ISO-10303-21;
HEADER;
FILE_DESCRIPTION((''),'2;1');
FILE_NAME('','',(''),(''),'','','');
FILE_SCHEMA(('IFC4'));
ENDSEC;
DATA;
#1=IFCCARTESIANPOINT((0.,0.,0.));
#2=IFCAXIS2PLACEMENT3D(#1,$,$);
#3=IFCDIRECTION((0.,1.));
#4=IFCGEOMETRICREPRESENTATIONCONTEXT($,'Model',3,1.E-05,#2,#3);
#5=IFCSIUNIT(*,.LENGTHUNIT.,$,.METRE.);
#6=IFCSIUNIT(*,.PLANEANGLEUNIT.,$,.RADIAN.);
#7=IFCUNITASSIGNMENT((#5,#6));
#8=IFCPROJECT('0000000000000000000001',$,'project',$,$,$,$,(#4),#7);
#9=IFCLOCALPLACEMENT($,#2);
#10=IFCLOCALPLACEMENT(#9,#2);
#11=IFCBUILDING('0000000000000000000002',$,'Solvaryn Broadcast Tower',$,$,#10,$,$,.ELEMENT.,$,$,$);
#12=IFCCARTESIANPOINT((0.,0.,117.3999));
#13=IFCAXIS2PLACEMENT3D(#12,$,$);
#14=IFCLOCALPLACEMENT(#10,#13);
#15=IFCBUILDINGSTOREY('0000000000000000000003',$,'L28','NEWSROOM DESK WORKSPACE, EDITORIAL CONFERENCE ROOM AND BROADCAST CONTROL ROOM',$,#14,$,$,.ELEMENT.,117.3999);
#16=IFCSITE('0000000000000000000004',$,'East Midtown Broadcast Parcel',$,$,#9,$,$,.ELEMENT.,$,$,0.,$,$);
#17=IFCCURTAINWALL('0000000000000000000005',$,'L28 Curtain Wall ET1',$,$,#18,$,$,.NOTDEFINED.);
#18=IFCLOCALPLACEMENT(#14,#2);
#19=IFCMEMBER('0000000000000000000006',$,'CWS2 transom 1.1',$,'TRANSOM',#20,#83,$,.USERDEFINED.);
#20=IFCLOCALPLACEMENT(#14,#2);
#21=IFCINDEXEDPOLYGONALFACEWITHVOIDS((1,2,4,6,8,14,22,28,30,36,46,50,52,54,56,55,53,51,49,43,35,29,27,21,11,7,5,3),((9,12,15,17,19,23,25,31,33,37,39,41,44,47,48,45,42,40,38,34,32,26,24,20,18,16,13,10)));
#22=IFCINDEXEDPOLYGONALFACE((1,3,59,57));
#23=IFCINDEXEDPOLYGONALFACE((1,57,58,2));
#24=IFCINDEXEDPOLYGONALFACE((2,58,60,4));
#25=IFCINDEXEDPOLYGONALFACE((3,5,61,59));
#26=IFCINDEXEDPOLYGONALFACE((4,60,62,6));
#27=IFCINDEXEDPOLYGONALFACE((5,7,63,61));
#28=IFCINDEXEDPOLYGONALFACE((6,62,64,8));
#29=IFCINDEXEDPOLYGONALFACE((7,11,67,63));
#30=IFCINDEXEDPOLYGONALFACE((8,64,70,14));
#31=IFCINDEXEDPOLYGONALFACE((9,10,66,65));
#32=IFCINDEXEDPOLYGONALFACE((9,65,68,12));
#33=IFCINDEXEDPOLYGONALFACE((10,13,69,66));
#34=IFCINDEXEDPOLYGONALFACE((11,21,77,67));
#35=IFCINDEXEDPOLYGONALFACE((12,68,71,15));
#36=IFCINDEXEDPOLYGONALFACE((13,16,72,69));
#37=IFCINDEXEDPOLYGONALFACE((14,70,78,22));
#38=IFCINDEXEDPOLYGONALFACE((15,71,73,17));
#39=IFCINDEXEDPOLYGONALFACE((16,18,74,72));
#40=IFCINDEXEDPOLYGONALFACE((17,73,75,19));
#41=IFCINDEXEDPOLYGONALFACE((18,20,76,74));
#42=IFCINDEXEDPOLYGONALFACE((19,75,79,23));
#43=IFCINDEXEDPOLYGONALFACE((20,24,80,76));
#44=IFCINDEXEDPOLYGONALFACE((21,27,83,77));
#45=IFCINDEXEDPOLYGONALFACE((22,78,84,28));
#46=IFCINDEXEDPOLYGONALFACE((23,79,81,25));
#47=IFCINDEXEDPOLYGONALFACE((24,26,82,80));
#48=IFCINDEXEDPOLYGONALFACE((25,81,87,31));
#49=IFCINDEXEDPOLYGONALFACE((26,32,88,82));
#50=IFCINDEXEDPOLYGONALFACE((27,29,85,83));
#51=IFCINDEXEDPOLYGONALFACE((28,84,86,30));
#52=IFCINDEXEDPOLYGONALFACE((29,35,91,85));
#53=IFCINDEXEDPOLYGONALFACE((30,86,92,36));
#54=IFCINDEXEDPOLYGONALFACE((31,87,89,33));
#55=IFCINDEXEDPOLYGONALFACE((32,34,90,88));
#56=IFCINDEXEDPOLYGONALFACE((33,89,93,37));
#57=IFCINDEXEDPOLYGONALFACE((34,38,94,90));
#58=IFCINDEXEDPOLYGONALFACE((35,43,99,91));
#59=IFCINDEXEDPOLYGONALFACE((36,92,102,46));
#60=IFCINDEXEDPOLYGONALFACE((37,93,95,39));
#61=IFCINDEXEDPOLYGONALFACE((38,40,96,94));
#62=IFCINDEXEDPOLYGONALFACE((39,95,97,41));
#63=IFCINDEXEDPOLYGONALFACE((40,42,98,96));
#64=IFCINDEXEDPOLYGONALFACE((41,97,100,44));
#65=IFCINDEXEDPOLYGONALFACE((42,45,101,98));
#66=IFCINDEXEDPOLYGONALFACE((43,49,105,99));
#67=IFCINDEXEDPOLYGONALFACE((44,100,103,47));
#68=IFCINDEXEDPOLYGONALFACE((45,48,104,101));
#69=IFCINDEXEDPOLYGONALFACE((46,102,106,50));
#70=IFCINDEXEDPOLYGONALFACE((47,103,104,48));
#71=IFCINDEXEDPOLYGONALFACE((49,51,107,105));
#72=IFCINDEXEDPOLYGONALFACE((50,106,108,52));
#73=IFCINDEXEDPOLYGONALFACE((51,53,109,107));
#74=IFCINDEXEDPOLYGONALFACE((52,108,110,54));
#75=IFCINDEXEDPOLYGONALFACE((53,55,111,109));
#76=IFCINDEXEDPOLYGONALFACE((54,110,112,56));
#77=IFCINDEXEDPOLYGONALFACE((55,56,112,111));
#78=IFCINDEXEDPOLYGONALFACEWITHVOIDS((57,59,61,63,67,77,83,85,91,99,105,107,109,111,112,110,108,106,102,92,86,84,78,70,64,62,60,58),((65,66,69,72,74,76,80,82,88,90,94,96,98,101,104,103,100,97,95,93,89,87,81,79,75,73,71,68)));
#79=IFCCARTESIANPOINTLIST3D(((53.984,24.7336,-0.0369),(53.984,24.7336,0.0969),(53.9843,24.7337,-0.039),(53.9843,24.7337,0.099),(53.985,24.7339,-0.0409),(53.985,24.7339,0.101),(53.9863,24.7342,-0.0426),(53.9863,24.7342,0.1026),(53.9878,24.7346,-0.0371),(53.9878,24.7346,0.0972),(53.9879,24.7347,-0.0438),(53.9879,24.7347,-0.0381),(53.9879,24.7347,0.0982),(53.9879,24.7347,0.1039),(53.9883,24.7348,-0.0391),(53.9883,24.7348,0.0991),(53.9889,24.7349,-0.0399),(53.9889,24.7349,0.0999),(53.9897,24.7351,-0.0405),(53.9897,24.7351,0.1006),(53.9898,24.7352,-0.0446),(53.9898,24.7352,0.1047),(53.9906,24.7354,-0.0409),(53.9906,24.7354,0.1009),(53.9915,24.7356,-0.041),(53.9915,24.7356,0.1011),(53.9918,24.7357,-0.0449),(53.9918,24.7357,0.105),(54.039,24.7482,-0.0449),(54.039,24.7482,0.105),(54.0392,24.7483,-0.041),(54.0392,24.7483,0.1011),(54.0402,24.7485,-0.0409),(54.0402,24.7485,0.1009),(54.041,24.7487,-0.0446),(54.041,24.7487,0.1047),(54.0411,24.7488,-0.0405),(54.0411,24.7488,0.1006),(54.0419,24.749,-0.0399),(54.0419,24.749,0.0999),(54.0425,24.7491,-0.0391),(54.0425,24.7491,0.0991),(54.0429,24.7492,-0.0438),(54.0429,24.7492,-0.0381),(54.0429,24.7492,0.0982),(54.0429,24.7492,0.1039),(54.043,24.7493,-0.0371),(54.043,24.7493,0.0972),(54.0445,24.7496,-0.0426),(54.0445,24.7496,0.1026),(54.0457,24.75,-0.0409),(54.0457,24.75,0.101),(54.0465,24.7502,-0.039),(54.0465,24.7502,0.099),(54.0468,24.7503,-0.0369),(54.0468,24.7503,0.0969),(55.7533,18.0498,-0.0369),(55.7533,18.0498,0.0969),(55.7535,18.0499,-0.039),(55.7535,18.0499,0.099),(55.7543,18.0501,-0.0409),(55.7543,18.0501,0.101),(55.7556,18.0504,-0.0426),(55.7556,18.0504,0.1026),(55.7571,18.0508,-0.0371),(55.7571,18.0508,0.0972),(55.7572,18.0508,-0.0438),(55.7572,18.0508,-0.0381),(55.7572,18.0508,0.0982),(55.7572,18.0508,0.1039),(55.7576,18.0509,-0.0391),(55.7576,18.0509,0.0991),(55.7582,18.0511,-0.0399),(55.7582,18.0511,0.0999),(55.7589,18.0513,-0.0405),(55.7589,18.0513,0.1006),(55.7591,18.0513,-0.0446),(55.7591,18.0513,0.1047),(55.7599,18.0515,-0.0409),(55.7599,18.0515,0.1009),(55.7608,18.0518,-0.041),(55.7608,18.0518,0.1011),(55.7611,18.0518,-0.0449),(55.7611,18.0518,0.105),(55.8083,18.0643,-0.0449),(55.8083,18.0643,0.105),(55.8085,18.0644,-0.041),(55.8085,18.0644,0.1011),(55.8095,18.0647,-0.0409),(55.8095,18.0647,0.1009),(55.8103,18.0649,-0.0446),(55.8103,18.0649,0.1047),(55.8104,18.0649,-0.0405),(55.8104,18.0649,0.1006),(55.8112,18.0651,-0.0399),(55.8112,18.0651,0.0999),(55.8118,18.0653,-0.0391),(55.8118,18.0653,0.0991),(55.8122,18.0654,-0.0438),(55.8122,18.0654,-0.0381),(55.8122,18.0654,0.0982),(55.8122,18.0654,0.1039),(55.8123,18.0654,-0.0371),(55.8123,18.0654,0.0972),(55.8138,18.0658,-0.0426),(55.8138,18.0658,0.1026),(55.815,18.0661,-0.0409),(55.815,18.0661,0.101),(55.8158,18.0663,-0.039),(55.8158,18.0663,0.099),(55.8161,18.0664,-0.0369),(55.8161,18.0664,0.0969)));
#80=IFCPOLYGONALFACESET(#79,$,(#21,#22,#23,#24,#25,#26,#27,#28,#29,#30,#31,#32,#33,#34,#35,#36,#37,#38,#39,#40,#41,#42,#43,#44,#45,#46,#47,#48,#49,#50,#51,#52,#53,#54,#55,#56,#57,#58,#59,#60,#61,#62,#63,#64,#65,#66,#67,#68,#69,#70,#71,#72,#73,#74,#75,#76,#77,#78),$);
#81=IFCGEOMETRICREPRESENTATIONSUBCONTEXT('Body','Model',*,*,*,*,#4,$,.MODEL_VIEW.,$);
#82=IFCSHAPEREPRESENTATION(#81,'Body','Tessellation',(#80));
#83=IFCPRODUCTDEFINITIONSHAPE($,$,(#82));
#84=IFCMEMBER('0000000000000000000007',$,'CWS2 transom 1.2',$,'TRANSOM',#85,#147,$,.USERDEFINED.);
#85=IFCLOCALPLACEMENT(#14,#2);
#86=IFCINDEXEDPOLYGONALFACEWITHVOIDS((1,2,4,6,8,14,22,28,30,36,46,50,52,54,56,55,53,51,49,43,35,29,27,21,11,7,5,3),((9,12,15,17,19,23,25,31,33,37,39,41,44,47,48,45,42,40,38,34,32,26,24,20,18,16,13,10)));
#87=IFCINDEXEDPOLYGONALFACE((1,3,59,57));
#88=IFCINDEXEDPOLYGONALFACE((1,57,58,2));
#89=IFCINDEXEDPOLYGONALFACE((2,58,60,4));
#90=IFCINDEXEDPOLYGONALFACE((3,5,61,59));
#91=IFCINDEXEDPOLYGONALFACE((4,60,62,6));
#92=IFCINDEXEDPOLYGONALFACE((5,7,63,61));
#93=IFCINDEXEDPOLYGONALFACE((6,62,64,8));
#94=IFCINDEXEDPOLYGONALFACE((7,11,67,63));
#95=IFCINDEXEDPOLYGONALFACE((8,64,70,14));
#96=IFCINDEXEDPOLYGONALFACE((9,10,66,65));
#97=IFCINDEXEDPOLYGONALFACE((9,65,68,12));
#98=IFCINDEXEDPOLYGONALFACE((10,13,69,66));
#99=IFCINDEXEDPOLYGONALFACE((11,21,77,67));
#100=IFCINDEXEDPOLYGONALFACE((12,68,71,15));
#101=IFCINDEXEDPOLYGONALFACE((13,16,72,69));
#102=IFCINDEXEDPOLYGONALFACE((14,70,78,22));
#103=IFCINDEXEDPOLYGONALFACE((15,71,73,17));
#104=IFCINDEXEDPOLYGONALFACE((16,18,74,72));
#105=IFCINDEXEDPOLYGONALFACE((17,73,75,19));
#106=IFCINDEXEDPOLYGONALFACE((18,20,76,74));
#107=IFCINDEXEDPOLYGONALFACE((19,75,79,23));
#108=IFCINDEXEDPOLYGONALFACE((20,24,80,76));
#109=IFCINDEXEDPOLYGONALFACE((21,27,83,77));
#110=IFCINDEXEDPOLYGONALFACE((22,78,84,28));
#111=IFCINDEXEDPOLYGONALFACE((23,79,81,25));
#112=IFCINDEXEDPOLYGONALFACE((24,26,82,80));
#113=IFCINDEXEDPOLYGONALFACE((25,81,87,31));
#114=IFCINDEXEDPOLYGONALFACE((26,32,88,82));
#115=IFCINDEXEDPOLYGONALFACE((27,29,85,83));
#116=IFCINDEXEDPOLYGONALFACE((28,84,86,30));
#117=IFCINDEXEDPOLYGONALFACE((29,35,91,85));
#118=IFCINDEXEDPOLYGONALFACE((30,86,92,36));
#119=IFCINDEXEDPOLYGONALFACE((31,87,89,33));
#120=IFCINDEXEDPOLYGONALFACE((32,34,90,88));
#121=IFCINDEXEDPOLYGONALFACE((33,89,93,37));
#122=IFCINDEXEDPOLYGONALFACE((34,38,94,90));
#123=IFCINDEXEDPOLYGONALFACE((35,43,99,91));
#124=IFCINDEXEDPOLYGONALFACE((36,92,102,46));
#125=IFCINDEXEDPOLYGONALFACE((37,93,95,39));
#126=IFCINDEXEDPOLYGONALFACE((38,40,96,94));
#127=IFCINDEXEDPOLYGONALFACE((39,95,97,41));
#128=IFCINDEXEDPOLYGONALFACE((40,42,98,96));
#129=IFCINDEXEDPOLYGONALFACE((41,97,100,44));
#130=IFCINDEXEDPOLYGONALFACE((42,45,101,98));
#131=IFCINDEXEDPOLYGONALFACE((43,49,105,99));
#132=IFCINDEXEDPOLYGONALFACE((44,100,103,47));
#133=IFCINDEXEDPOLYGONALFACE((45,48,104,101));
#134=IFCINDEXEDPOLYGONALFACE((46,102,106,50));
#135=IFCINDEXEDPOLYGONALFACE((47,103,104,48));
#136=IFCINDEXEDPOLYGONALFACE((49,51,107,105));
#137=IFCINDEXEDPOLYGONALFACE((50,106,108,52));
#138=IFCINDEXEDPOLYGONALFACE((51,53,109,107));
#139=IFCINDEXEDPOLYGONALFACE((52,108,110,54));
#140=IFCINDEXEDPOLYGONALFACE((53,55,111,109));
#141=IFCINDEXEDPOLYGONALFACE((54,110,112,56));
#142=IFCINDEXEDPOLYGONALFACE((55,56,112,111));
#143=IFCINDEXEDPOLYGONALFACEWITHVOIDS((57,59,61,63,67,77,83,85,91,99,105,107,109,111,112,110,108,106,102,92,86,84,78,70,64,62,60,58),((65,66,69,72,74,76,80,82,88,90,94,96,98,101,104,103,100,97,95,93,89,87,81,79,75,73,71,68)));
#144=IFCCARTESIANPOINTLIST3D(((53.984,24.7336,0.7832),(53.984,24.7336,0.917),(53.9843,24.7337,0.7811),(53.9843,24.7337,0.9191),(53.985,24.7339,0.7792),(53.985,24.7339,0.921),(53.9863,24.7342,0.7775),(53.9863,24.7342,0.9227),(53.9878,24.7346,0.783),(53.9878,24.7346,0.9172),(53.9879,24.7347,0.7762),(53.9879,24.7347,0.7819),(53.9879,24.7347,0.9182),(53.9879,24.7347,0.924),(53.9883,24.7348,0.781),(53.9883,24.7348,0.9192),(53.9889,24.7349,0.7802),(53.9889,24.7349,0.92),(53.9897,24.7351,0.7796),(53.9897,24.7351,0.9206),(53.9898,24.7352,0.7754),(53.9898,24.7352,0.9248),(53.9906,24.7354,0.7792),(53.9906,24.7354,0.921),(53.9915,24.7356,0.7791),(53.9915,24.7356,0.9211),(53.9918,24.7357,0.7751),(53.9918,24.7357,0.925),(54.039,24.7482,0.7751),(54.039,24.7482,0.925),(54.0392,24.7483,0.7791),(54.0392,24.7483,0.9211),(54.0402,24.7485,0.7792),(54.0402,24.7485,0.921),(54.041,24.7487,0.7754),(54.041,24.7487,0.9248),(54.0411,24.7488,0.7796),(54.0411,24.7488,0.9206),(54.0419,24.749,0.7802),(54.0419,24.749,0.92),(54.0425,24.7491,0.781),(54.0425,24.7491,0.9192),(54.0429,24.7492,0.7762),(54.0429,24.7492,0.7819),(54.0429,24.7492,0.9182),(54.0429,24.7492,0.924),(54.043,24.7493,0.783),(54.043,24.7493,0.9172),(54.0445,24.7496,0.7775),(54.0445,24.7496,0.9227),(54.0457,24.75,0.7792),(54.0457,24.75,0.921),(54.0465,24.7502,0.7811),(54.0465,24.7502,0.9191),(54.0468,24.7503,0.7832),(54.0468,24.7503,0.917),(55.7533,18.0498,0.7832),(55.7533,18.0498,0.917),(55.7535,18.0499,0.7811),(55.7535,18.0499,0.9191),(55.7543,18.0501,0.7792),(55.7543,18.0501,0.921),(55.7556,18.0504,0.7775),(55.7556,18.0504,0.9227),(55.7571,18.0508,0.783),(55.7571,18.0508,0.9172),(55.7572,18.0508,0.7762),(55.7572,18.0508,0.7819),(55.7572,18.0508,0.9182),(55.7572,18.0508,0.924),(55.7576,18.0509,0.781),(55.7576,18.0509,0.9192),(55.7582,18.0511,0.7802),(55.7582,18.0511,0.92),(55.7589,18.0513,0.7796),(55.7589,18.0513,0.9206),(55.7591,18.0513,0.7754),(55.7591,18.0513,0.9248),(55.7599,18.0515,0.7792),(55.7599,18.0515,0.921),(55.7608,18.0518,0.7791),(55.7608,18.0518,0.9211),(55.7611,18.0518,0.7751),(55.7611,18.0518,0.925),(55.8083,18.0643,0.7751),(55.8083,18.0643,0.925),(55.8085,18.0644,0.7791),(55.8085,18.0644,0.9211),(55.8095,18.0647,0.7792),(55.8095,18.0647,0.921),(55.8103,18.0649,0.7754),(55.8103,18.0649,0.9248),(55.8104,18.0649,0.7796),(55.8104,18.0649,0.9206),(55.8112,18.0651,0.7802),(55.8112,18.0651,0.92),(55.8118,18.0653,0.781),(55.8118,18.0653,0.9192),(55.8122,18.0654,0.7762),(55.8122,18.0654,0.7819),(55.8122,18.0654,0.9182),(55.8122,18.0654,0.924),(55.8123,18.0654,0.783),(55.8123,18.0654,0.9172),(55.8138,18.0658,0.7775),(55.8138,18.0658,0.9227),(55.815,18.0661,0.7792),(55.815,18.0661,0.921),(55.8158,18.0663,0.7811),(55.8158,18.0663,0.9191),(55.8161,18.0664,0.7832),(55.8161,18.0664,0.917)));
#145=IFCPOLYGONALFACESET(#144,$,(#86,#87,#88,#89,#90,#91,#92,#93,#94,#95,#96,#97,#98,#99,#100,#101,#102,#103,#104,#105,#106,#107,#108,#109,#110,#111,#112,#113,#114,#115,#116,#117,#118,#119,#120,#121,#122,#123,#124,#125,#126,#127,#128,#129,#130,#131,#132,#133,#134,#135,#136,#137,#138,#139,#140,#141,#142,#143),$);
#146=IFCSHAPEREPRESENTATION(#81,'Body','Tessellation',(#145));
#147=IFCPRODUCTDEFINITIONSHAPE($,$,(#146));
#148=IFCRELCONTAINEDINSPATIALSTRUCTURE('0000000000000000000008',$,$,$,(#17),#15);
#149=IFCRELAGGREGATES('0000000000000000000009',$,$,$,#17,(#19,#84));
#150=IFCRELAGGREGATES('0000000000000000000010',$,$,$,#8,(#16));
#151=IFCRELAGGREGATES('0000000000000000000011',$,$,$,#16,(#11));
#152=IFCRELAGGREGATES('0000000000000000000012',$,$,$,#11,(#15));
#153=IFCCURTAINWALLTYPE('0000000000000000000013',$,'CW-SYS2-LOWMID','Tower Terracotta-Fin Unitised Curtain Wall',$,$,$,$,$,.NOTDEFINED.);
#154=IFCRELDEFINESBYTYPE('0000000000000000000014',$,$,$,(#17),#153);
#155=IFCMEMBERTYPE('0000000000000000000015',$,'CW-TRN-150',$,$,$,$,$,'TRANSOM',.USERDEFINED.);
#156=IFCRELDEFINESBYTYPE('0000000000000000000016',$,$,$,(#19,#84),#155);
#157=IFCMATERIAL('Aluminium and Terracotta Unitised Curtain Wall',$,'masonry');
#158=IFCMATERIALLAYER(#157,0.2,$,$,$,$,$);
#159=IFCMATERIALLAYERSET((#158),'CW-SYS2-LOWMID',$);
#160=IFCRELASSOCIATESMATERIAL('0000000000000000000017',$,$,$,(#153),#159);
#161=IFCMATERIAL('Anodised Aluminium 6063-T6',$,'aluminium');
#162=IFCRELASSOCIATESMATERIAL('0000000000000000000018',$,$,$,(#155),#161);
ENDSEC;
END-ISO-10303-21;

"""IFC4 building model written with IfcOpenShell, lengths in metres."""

from ifc_helpers import new_model, si_unit, direction, frame, origin, origin_2d, place, context, subcontext, project, spatial, hollow_rectangle, extrude, material, layer, layer_set, material_profile, profile_set, type_object, element, aggregate, save


model = new_model("IFC4")

# Units and contexts
model_context = context("Model", 3, precision=1e-05, world=origin(), true_north=direction((0.0, 1.0)))
body_context = subcontext(model_context, "Body", "Model", "MODEL_VIEW")
ifc_project = project(units=[si_unit("LENGTHUNIT", "METRE"), si_unit("PLANEANGLEUNIT", "RADIAN")], contexts=[model_context])

# Site, building, storey
site_placement = place(None, origin())
site = spatial("IfcSite", under=ifc_project, at=site_placement, Name="East Midtown Broadcast Parcel", CompositionType="ELEMENT", RefElevation=0.0)
building_placement = place(site_placement, origin())
building = spatial("IfcBuilding", under=site, at=building_placement, Name="Solvaryn Broadcast Tower", CompositionType="ELEMENT")
storey_placement = place(building_placement, frame((0.0, 0.0, 117.3999)))
storey = spatial("IfcBuildingStorey", under=building, at=storey_placement, Name="L28", Description="NEWSROOM DESK WORKSPACE, EDITORIAL CONFERENCE ROOM AND BROADCAST CONTROL ROOM", CompositionType="ELEMENT", Elevation=117.3999)

# Curtain wall
ifc_material_1 = material(Name="Aluminium and Terracotta Unitised Curtain Wall", Category="masonry")
ifc_layer_1 = layer(ifc_material_1, 0.2)
ifc_layer_set_1 = layer_set([ifc_layer_1], Name="CW-SYS2-LOWMID")
curtain_wall_type = type_object("IfcCurtainWallType", Name="CW-SYS2-LOWMID", Description="Tower Terracotta-Fin Unitised Curtain Wall", PredefinedType="NOTDEFINED", material=ifc_layer_set_1)
curtain_wall_1_placement = place(storey_placement, origin())
curtain_wall_1 = element("IfcCurtainWall", 1, at=curtain_wall_1_placement, inside=storey, type_object=curtain_wall_type, Name="L28 Curtain Wall ET1", PredefinedType="NOTDEFINED")

# Members
ifc_material_2 = material(Name="Anodised Aluminium 6063-T6", Category="aluminium")
ifc_material_profile_1 = material_profile(ifc_material_2, hollow_rectangle(XDim=0.0649, YDim=0.1499, WallThickness=0.0039, InnerFilletRadius=0.0039, OuterFilletRadius=0.0081, at=origin_2d()))
ifc_profile_set_1 = profile_set([ifc_material_profile_1], Name="Anodised Aluminium 6063-T6")
member_type_1 = type_object("IfcMemberType", Name="CW-TRN-150", ElementType="TRANSOM", PredefinedType="USERDEFINED", material=ifc_profile_set_1)
member_1_placement = place(storey_placement, frame((54.0154, 24.7419, 0.03), z_axis=(0.255897, -0.966704, 0.0), x_axis=(0.966704, 0.255897, 0.0)))
member_1 = element("IfcMember", 2, at=member_1_placement, type_object=member_type_1, Name="CWS2 transom 1.1", ObjectType="TRANSOM", PredefinedType="USERDEFINED", context=body_context, shape_type="SweptSolid", body=[
    extrude(hollow_rectangle(XDim=0.0649, YDim=0.1499, WallThickness=0.0039, InnerFilletRadius=0.0039, OuterFilletRadius=0.0081, at=origin_2d()), origin(), (0.0, 0.0, 1.0), 6.9141),
])
member_2_placement = place(storey_placement, frame((54.0154, 24.7419, 0.8501), z_axis=(0.255897, -0.966704, 0.0), x_axis=(0.966704, 0.255897, 0.0)))
member_2 = element("IfcMember", 3, at=member_2_placement, type_object=member_type_1, Name="CWS2 transom 1.2", ObjectType="TRANSOM", PredefinedType="USERDEFINED", context=body_context, shape_type="SweptSolid", body=[
    extrude(hollow_rectangle(XDim=0.0649, YDim=0.1499, WallThickness=0.0039, InnerFilletRadius=0.0039, OuterFilletRadius=0.0081, at=origin_2d()), origin(), (0.0, 0.0, 1.0), 6.9141),
])

aggregate(curtain_wall_1, [member_1, member_2])

save(model, "model.ifc")
